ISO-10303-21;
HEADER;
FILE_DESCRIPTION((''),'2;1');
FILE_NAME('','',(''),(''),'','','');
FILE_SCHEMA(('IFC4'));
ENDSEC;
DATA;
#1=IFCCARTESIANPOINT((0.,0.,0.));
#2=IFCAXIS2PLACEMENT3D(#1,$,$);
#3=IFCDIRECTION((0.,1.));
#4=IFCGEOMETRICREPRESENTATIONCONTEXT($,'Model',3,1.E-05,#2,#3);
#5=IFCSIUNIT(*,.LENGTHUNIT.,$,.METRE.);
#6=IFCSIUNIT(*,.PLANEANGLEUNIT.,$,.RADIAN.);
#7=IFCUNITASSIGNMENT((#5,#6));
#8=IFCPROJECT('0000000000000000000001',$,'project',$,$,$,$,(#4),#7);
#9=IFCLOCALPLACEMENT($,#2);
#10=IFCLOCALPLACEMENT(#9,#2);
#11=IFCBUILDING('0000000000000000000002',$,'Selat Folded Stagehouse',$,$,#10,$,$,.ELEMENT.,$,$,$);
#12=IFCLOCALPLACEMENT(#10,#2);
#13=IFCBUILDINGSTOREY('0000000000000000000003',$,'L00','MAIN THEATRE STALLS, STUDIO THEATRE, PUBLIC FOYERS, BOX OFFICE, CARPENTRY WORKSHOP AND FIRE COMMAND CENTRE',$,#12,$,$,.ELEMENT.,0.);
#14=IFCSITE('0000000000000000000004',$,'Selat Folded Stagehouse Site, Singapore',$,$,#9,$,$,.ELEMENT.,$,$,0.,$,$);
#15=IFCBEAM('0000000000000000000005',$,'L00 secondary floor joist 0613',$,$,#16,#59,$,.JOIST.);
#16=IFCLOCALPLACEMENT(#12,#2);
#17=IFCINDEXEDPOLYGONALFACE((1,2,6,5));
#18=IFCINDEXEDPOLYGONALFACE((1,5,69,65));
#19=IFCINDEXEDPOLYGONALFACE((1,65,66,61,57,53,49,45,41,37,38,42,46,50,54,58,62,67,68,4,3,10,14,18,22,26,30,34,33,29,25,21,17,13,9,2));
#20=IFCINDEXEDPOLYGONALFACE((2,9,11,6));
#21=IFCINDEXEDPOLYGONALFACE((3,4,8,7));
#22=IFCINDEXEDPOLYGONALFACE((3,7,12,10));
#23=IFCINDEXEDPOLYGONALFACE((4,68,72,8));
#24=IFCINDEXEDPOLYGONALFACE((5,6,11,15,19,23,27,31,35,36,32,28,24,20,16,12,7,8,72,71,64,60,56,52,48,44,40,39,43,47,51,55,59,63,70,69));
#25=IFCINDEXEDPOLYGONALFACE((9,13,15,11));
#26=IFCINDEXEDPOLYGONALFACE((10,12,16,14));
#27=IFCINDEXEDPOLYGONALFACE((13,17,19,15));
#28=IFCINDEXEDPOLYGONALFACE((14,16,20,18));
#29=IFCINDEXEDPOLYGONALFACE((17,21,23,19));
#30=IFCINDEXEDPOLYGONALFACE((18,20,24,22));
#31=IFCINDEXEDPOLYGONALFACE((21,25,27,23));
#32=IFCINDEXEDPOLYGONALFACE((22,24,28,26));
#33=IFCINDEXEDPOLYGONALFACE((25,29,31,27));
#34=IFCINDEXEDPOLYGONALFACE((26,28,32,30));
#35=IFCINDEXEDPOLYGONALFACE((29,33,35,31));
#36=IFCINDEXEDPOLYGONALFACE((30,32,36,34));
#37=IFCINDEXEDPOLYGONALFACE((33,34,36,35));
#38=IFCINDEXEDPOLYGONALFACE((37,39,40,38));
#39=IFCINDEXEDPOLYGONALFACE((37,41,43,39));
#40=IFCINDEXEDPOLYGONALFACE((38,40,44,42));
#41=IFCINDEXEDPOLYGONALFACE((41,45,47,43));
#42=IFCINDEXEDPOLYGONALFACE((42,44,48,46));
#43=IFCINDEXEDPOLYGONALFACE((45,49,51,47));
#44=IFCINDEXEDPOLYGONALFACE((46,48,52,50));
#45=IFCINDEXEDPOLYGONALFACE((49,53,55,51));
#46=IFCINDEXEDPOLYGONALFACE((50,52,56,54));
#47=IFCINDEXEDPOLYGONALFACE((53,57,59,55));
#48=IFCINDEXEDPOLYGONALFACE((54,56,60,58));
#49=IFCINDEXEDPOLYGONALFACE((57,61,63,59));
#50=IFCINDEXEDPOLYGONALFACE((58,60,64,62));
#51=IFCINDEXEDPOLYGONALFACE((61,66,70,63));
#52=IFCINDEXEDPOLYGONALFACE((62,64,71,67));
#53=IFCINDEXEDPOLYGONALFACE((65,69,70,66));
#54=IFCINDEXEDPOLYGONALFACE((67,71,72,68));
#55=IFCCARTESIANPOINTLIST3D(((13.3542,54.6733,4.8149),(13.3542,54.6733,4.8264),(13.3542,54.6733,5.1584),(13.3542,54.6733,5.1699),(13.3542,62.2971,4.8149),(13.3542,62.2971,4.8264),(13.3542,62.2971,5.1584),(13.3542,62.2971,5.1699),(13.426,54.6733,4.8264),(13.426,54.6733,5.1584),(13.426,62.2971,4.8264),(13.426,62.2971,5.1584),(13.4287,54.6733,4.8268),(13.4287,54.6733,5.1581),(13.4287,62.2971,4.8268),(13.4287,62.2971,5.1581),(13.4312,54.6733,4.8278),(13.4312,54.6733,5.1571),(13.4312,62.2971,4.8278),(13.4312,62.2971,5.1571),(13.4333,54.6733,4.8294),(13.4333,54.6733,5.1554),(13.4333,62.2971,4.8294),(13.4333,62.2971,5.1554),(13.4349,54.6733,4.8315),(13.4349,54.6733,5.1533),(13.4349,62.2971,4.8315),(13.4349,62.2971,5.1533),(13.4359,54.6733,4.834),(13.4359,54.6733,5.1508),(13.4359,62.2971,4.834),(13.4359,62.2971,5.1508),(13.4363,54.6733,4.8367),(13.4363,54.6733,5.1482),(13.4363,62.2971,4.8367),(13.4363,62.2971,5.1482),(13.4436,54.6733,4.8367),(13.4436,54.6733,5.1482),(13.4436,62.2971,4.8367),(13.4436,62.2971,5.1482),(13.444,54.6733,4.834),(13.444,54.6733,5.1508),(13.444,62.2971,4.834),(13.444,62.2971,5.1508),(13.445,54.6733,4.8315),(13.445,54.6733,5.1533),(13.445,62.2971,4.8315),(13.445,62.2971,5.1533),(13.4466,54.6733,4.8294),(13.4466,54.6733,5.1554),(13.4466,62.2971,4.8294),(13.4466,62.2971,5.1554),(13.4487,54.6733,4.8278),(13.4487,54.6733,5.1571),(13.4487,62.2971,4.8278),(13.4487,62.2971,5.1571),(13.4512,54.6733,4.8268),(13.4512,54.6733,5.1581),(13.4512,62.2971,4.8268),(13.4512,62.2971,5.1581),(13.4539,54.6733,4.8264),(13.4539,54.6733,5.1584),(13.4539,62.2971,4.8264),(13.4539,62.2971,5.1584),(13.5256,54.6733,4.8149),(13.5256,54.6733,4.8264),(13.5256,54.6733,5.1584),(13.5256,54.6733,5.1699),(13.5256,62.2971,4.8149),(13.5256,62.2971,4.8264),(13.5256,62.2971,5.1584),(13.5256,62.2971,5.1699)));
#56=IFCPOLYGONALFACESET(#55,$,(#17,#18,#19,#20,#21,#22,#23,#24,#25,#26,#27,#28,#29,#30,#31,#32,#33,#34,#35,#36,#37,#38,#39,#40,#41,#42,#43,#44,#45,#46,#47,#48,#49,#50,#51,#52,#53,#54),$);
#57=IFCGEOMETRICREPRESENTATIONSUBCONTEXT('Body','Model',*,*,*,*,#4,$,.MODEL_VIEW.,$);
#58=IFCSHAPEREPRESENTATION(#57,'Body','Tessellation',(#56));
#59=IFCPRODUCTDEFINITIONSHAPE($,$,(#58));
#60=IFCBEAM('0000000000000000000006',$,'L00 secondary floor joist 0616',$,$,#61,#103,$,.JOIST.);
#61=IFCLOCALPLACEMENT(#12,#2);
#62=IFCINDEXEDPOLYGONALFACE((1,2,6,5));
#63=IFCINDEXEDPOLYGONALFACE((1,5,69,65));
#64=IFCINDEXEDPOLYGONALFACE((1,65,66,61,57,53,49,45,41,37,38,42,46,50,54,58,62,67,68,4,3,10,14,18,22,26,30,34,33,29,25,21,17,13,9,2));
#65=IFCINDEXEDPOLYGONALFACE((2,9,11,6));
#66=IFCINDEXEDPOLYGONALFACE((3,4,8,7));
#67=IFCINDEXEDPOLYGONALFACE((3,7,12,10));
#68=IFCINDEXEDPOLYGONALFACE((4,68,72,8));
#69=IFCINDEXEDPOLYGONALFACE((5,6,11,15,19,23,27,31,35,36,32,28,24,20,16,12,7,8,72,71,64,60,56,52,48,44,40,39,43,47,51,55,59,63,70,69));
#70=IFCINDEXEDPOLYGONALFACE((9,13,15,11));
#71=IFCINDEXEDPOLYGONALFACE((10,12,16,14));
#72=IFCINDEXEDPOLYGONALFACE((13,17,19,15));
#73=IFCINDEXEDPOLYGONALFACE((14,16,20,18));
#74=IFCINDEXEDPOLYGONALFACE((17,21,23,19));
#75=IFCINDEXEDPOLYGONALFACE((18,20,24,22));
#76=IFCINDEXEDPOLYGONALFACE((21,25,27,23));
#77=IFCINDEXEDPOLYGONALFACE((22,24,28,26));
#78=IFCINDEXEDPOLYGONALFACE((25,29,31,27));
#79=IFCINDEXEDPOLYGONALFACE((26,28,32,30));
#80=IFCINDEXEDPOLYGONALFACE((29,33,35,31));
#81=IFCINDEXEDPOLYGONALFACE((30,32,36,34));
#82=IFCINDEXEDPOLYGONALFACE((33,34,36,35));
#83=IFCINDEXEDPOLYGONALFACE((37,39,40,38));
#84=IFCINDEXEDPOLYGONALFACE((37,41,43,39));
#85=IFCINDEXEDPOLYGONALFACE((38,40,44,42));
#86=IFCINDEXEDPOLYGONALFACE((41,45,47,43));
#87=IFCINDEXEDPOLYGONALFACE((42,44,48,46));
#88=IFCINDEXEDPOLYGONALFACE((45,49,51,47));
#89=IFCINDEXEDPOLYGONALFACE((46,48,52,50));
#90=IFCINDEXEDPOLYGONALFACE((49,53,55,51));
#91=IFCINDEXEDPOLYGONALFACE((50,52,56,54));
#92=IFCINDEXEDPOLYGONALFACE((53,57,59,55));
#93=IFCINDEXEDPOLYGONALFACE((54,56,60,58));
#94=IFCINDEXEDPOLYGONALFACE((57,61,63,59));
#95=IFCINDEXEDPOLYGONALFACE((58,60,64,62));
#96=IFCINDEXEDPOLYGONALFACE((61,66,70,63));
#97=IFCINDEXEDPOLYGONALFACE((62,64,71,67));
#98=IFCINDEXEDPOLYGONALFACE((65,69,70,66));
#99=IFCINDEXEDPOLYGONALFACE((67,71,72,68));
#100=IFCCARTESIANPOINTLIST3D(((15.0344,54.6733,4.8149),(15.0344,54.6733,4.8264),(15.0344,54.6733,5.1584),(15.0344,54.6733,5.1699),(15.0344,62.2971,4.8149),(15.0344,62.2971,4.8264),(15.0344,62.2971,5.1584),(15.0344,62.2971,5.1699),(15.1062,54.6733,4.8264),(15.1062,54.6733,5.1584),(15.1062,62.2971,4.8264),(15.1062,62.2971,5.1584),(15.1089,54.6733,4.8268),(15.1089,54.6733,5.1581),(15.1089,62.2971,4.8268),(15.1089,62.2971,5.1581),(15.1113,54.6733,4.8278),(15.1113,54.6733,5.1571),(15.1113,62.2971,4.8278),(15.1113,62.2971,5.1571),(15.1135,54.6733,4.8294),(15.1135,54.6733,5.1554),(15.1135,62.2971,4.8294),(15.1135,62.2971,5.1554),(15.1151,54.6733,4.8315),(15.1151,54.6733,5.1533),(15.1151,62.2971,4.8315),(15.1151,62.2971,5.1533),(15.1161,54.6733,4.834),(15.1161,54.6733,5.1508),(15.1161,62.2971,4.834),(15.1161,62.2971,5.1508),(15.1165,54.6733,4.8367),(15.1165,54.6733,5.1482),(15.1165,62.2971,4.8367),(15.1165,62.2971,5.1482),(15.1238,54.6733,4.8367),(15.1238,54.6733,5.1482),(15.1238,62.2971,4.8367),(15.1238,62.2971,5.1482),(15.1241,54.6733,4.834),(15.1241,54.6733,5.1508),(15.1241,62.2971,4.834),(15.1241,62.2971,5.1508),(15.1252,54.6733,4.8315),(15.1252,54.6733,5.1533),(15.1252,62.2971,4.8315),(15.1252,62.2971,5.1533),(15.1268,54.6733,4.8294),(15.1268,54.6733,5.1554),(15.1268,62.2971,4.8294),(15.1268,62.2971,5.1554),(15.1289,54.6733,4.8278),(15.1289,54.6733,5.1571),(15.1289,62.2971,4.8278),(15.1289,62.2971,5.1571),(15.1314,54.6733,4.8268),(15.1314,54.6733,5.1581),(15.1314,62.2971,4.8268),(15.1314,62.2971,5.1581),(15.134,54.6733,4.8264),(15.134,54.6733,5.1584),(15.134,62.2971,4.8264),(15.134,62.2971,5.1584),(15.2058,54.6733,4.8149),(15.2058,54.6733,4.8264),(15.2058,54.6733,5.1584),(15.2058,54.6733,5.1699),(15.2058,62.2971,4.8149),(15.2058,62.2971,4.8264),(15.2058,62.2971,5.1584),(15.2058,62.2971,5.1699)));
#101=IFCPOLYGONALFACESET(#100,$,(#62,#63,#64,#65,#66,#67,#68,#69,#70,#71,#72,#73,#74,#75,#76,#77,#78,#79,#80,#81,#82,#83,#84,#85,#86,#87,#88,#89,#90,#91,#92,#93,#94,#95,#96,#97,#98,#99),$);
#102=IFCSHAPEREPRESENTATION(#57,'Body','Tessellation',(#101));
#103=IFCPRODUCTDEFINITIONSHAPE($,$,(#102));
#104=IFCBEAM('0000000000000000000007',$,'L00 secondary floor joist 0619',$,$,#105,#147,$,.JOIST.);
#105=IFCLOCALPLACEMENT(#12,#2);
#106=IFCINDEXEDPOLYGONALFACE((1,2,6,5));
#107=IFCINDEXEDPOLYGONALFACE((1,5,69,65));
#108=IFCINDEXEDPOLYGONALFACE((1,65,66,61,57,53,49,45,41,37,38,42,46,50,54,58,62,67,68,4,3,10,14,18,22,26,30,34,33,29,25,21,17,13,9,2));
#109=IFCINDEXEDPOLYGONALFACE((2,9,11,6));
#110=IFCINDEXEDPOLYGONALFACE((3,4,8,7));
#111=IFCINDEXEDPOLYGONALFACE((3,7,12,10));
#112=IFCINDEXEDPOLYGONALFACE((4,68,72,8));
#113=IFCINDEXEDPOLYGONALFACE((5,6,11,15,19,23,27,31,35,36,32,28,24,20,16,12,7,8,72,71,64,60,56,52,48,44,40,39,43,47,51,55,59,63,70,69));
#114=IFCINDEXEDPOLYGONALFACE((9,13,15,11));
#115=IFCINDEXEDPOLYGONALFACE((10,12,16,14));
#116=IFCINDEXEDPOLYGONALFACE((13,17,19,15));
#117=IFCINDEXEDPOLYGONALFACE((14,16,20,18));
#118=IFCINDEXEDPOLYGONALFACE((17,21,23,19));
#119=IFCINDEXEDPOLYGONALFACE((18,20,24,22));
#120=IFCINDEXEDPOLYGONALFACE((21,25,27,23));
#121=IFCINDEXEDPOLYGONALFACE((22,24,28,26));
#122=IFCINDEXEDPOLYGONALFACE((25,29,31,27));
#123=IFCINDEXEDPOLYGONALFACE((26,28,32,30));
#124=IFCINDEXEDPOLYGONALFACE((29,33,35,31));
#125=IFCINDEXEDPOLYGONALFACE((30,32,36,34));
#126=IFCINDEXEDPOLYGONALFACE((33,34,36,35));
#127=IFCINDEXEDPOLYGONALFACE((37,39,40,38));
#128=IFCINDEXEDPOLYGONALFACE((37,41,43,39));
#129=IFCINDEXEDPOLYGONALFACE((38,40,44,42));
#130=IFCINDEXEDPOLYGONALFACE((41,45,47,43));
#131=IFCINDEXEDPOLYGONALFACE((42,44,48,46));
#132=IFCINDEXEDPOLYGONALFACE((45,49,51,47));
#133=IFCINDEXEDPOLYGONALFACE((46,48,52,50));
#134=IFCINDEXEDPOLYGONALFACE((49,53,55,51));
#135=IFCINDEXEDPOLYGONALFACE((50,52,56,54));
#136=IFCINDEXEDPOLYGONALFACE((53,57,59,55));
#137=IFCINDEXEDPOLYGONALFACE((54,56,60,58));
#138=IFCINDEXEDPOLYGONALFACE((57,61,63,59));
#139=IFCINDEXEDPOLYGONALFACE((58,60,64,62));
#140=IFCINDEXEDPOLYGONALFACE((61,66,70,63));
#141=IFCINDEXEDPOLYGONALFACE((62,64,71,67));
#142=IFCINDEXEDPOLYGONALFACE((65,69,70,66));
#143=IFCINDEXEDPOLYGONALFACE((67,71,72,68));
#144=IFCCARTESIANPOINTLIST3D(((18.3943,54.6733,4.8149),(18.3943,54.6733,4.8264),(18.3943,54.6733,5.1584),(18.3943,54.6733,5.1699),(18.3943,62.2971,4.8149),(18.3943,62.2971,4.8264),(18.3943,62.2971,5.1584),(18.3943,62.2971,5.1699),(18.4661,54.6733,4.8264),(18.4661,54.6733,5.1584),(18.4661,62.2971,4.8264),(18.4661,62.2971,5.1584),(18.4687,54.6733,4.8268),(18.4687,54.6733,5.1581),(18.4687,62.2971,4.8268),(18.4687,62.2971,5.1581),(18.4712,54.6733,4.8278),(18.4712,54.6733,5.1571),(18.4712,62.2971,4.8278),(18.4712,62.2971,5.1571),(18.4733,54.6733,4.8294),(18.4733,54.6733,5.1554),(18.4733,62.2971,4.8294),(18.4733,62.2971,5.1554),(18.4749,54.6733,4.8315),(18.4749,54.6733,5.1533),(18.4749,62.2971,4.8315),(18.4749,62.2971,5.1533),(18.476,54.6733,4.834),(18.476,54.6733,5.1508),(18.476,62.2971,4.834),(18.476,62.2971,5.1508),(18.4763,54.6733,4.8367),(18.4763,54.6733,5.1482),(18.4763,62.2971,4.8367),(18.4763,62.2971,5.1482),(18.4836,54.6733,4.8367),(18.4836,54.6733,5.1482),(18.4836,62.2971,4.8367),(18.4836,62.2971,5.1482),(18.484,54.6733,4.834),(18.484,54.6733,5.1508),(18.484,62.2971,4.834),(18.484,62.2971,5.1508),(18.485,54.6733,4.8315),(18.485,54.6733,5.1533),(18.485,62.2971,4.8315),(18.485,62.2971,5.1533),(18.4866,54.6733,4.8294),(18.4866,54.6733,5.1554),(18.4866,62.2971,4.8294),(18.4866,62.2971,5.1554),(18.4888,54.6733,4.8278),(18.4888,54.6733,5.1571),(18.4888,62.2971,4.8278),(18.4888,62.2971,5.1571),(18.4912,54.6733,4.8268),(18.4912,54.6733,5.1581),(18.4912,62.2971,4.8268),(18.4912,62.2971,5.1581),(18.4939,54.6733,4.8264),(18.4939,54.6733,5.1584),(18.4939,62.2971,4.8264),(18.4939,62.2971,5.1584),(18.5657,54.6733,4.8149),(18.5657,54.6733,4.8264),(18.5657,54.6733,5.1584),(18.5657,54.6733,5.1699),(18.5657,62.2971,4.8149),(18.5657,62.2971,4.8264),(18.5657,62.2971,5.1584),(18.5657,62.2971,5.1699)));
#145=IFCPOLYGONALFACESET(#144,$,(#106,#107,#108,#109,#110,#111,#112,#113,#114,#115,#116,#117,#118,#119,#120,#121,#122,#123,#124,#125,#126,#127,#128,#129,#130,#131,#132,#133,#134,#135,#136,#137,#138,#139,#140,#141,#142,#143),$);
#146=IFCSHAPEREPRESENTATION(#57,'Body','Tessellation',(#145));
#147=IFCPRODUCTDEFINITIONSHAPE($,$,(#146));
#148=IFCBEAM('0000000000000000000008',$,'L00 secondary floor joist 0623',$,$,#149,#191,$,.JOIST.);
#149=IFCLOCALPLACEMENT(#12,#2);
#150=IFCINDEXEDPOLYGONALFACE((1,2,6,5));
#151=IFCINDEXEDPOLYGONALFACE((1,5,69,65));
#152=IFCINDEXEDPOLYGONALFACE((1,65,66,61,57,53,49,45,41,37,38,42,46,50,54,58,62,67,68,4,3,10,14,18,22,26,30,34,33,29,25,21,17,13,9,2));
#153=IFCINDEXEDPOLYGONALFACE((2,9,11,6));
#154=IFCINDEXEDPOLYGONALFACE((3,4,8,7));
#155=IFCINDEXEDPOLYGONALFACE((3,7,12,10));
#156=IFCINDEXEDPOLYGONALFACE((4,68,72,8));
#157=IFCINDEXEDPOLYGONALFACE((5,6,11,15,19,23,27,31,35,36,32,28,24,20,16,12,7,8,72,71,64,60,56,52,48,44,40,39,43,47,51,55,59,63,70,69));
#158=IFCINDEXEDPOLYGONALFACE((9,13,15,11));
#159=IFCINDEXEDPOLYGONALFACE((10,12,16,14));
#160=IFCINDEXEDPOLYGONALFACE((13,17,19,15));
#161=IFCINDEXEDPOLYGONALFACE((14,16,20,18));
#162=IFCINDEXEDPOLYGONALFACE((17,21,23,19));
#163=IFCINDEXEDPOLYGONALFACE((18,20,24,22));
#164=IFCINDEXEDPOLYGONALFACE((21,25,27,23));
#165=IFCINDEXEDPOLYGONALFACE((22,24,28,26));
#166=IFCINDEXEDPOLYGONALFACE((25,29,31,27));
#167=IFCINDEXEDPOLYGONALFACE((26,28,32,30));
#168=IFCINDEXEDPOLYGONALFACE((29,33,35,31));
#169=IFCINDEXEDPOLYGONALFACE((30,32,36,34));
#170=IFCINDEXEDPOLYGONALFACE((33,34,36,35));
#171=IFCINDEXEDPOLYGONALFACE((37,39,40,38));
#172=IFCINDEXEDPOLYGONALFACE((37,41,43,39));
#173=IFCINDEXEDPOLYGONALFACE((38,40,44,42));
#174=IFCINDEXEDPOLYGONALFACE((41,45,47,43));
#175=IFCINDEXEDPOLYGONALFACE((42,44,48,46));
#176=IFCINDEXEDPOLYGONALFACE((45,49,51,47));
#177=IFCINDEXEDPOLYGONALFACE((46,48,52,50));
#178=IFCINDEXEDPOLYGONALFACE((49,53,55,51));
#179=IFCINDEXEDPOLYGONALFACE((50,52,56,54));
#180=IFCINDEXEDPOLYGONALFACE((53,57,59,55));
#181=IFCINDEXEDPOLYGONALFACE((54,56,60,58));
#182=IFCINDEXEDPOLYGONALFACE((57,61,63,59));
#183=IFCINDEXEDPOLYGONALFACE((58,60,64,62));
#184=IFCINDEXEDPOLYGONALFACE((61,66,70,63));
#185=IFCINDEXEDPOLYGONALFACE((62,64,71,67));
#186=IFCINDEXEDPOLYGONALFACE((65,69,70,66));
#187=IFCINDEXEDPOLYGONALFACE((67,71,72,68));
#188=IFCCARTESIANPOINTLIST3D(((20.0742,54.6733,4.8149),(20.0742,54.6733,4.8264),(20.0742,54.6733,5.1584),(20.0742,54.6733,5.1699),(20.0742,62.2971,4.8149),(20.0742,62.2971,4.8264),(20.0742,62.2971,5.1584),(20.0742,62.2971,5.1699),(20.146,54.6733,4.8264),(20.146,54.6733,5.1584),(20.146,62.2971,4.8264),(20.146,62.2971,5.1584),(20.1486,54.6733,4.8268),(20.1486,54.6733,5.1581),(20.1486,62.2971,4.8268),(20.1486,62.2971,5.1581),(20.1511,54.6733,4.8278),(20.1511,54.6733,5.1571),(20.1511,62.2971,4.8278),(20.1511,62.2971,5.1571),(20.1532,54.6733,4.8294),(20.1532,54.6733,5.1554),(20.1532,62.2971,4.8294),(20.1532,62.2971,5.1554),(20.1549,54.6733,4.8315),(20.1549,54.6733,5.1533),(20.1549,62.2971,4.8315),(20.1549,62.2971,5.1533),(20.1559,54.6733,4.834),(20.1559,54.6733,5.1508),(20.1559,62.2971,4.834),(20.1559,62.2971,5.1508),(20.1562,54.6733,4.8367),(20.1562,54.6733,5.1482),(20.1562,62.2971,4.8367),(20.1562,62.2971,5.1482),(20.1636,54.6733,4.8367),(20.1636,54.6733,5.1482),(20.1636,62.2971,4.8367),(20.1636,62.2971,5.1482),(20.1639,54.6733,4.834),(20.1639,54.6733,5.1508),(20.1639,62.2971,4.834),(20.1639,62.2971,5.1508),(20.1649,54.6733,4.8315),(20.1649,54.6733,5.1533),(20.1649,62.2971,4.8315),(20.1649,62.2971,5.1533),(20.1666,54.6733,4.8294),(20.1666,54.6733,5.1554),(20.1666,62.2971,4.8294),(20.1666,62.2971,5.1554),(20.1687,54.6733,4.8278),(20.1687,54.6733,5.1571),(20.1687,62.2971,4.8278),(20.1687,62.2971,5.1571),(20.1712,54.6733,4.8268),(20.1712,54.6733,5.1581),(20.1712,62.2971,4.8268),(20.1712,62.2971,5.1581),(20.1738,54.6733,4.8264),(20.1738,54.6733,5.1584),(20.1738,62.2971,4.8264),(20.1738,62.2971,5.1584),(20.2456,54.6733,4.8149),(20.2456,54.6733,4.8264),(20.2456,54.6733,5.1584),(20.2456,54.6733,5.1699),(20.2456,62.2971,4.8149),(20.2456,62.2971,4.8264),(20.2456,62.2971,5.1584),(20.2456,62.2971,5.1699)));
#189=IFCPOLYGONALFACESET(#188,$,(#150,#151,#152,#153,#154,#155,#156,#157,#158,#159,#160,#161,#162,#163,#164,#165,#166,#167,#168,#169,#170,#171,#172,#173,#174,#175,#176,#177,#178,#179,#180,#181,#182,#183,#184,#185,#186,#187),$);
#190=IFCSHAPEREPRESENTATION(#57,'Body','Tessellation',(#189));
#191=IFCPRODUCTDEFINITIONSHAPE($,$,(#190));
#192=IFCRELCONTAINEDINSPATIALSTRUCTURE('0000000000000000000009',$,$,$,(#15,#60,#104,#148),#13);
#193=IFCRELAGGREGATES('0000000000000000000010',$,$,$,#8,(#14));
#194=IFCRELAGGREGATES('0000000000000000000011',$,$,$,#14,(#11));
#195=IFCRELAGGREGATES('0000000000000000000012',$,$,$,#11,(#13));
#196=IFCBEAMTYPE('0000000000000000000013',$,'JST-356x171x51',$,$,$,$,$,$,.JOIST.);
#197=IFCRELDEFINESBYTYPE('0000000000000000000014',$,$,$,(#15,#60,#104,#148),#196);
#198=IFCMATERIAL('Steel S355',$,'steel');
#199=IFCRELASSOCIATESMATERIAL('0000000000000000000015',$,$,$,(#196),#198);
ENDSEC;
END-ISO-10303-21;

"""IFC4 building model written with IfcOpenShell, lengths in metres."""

from ifc_helpers import new_model, si_unit, direction, frame, origin, origin_2d, place, context, subcontext, project, spatial, i_section, extrude, material, material_profile, profile_set, type_object, element, save


model = new_model("IFC4")

# Units and contexts
model_context = context("Model", 3, precision=1e-05, world=origin(), true_north=direction((0.0, 1.0)))
body_context = subcontext(model_context, "Body", "Model", "MODEL_VIEW")
ifc_project = project(units=[si_unit("LENGTHUNIT", "METRE"), si_unit("PLANEANGLEUNIT", "RADIAN")], contexts=[model_context])

# Site, building, storey
site_placement = place(None, origin())
site = spatial("IfcSite", under=ifc_project, at=site_placement, Name="Selat Folded Stagehouse Site, Singapore", CompositionType="ELEMENT", RefElevation=0.0)
building_placement = place(site_placement, origin())
building = spatial("IfcBuilding", under=site, at=building_placement, Name="Selat Folded Stagehouse", CompositionType="ELEMENT")
storey_placement = place(building_placement, origin())
storey = spatial("IfcBuildingStorey", under=building, at=storey_placement, Name="L00", Description="MAIN THEATRE STALLS, STUDIO THEATRE, PUBLIC FOYERS, BOX OFFICE, CARPENTRY WORKSHOP AND FIRE COMMAND CENTRE", CompositionType="ELEMENT", Elevation=0.0)

# Shared definitions
ifc_material_1 = material(Name="Steel S355", Category="steel")

# Beams
ifc_material_profile_1 = material_profile(ifc_material_1, i_section(OverallWidth=0.1714, OverallDepth=0.355, WebThickness=0.0073, FlangeThickness=0.0115, FilletRadius=0.0103, at=origin_2d()), Name="UKB 356x171x51")
ifc_profile_set_1 = profile_set([ifc_material_profile_1], Name="Steel S355")
beam_type_1 = type_object("IfcBeamType", Name="JST-356x171x51", PredefinedType="JOIST", material=ifc_profile_set_1)
for number, where, z_axis, x_axis, name in (
    (1, (13.4399, 54.6733, 4.9924), (0.0, 1.0, 0.0), (-1.0, 0.0, 0.0), "L00 secondary floor joist 0613"),
    (2, (15.1201, 54.6733, 4.9924), (0.0, 1.0, 0.0), (-1.0, 0.0, 0.0), "L00 secondary floor joist 0616"),
    (3, (18.48, 54.6733, 4.9924), (0.0, 1.0, 0.0), (-1.0, 0.0, 0.0), "L00 secondary floor joist 0619"),
    (4, (20.1599, 54.6733, 4.9924), (0.0, 1.0, 0.0), (-1.0, 0.0, 0.0), "L00 secondary floor joist 0623"),
):
    element("IfcBeam", number, at=place(storey_placement, frame(where, z_axis=z_axis, x_axis=x_axis)), inside=storey, type_object=beam_type_1, Name=name, PredefinedType="JOIST", context=body_context, shape_type="SweptSolid", body=[
        extrude(i_section(OverallWidth=0.1714, OverallDepth=0.355, WebThickness=0.0073, FlangeThickness=0.0115, FilletRadius=0.0103, at=origin_2d()), origin(), (0.0, 0.0, 1.0), 7.6238),
    ])

save(model, "model.ifc")
